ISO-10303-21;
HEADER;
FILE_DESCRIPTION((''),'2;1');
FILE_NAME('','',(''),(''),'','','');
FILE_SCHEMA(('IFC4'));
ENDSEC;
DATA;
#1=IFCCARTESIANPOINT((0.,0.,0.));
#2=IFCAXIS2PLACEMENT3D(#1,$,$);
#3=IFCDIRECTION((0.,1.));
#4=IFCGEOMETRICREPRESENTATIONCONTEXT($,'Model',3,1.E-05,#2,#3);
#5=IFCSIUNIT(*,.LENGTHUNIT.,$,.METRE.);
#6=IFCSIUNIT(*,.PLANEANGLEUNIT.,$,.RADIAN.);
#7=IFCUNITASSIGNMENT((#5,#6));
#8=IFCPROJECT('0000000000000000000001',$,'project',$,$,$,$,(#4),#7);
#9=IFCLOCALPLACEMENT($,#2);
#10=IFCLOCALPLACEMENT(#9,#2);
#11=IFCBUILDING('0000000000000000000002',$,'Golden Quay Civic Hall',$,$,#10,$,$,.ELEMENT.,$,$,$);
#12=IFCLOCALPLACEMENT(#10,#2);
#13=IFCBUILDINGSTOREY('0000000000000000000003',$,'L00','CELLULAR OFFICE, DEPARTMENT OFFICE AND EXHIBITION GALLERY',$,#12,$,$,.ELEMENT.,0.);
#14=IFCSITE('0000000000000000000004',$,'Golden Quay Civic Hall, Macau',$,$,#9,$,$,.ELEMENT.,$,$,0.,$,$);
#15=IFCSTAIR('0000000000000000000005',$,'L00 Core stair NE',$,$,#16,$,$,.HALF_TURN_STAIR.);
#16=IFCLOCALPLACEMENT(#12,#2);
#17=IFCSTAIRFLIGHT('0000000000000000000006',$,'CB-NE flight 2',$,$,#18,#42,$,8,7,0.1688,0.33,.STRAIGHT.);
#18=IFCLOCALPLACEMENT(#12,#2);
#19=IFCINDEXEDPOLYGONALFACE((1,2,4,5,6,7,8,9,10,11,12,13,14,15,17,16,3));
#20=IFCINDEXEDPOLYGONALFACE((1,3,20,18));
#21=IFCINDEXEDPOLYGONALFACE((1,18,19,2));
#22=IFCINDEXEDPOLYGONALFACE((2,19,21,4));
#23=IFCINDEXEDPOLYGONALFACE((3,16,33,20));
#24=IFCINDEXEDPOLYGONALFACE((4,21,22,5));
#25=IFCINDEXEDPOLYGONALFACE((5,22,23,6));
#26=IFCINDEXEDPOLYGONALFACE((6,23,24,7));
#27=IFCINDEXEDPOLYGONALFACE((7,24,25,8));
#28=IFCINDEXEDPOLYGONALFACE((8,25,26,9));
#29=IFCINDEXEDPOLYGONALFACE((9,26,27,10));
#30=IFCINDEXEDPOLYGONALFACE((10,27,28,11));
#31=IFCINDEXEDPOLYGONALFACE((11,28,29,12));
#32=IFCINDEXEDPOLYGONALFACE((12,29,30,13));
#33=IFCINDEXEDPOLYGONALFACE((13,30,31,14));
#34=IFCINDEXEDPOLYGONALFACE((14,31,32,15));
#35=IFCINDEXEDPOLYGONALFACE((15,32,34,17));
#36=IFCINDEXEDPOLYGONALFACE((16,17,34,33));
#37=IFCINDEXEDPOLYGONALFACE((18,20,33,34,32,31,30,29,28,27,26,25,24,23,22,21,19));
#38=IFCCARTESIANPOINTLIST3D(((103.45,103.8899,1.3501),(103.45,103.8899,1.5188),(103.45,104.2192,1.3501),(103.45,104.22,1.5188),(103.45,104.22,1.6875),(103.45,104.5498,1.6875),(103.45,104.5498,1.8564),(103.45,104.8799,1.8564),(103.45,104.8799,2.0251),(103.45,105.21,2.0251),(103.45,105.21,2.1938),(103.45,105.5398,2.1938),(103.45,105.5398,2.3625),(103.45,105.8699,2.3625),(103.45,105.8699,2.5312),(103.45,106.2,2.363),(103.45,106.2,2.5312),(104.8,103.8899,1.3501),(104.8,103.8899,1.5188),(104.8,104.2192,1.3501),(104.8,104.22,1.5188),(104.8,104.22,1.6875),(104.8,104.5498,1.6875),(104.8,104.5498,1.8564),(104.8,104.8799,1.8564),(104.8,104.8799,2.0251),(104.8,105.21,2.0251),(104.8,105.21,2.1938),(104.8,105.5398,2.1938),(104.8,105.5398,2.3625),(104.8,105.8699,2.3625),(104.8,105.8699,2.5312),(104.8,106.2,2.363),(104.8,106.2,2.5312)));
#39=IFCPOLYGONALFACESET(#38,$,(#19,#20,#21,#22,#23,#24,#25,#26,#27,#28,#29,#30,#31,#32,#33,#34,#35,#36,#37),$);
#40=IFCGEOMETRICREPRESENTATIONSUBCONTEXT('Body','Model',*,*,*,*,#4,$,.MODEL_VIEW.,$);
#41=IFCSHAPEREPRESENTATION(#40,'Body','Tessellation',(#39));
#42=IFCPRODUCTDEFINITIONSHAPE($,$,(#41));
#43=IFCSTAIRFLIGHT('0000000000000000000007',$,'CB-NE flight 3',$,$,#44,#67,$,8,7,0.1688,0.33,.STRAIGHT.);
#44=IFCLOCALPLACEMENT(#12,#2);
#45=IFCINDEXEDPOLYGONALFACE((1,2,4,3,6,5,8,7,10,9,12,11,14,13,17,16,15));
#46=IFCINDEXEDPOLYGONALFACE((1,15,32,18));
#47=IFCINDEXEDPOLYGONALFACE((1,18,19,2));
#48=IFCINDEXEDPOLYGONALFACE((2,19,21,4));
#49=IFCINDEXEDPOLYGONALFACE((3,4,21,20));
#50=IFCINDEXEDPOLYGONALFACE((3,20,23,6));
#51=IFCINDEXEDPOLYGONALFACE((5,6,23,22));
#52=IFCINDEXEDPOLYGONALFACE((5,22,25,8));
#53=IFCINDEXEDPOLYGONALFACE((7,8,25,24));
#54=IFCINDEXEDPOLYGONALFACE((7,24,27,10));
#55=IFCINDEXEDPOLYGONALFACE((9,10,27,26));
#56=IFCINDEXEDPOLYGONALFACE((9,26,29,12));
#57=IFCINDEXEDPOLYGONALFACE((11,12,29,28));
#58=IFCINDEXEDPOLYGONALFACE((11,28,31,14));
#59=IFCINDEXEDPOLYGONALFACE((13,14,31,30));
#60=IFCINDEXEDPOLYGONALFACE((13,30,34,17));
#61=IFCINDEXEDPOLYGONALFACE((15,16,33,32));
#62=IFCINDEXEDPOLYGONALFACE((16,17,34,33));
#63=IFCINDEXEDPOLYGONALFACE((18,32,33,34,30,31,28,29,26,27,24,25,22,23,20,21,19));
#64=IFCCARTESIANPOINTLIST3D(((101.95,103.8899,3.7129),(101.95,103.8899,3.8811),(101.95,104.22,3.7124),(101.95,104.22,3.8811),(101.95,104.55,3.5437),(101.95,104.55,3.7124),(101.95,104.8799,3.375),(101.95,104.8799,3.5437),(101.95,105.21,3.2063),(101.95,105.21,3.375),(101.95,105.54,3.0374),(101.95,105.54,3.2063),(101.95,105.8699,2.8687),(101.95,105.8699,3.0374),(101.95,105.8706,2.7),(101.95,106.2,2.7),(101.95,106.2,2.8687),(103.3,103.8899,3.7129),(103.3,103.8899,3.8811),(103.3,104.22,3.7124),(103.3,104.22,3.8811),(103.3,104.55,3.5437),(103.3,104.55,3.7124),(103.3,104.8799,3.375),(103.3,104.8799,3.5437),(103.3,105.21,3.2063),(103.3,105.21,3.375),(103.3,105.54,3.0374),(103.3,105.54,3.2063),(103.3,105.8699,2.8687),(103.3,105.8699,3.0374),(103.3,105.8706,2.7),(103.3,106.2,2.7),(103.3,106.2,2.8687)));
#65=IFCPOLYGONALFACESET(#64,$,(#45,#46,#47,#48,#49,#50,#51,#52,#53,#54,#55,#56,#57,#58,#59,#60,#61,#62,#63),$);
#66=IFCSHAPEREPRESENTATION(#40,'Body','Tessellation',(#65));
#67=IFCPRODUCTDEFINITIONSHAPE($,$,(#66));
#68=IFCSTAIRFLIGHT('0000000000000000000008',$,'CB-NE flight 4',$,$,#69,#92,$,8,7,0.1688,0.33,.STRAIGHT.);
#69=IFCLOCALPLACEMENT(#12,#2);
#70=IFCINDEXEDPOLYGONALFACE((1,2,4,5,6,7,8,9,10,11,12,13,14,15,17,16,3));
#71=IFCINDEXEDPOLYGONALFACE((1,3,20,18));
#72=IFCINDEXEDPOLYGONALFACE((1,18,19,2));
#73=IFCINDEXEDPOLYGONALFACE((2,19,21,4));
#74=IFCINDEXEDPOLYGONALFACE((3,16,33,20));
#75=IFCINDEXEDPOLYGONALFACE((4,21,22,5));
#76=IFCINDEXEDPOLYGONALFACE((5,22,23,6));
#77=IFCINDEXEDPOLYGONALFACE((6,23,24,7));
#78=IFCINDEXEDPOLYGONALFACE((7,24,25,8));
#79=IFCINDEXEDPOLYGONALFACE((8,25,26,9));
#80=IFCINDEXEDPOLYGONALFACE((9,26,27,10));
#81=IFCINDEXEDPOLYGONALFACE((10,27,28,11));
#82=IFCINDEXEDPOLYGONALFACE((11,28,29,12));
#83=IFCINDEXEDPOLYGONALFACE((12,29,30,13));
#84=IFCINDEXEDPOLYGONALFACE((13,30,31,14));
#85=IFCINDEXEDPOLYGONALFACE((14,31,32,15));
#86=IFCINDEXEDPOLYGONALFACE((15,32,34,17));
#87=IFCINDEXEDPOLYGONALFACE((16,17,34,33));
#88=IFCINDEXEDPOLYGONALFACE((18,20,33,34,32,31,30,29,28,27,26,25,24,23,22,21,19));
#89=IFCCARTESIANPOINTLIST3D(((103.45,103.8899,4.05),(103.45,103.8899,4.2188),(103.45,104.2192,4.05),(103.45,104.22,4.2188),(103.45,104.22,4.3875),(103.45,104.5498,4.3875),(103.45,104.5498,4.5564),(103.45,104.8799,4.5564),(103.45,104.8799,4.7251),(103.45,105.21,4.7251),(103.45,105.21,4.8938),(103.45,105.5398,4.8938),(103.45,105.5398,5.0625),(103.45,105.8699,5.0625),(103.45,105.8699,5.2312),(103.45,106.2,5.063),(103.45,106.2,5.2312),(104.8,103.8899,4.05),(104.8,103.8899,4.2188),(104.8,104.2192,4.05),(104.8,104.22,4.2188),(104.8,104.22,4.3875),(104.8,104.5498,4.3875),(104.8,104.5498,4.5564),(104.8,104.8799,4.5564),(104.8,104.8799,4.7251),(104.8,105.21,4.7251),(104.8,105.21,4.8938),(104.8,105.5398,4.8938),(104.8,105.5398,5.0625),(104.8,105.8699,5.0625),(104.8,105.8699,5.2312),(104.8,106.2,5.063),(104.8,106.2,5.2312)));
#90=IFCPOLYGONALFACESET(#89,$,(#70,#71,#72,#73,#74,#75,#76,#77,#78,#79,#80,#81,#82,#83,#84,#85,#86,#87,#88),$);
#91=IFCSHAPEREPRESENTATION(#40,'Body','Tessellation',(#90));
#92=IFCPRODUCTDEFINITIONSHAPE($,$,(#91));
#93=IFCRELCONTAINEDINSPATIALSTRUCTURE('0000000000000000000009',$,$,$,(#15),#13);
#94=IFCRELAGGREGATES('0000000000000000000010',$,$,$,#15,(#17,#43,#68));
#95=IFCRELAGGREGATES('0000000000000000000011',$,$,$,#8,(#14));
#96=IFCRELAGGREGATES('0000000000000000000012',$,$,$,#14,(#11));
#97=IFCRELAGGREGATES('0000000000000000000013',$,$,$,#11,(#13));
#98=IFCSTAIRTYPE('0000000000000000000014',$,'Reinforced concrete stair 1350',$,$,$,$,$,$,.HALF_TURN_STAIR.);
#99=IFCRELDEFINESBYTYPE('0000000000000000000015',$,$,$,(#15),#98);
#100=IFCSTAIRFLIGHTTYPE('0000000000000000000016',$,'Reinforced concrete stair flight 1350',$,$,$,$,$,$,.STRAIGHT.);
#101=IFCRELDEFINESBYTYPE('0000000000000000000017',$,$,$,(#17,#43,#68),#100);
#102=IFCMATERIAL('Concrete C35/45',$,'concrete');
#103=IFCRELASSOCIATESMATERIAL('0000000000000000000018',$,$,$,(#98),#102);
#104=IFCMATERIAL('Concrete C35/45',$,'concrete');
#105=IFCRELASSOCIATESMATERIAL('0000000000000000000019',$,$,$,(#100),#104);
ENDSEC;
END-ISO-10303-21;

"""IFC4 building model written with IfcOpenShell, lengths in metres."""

from ifc_helpers import new_model, si_unit, direction, frame, origin, place, context, subcontext, project, spatial, polyline, outline, extrude, material, type_object, element, aggregate, save


model = new_model("IFC4")

# Units and contexts
model_context = context("Model", 3, precision=1e-05, world=origin(), true_north=direction((0.0, 1.0)))
body_context = subcontext(model_context, "Body", "Model", "MODEL_VIEW")
ifc_project = project(units=[si_unit("LENGTHUNIT", "METRE"), si_unit("PLANEANGLEUNIT", "RADIAN")], contexts=[model_context])

# Site, building, storey
site_placement = place(None, origin())
site = spatial("IfcSite", under=ifc_project, at=site_placement, Name="Golden Quay Civic Hall, Macau", CompositionType="ELEMENT", RefElevation=0.0)
building_placement = place(site_placement, origin())
building = spatial("IfcBuilding", under=site, at=building_placement, Name="Golden Quay Civic Hall", CompositionType="ELEMENT")
storey_placement = place(building_placement, origin())
storey = spatial("IfcBuildingStorey", under=building, at=storey_placement, Name="L00", Description="CELLULAR OFFICE, DEPARTMENT OFFICE AND EXHIBITION GALLERY", CompositionType="ELEMENT", Elevation=0.0)

# Stair, stair flights
ifc_material_1 = material(Name="Concrete C35/45", Category="concrete")
stair_type = type_object("IfcStairType", Name="Reinforced concrete stair 1350", PredefinedType="HALF_TURN_STAIR", material=ifc_material_1)
stair_placement = place(storey_placement, origin())
stair = element("IfcStair", 1, at=stair_placement, inside=storey, type_object=stair_type, Name="L00 Core stair NE", PredefinedType="HALF_TURN_STAIR")
ifc_material_2 = material(Name="Concrete C35/45", Category="concrete")
stair_flight_type = type_object("IfcStairFlightType", Name="Reinforced concrete stair flight 1350", PredefinedType="STRAIGHT", material=ifc_material_2)
stair_flight_1_placement = place(storey_placement, frame((104.125, 103.8899, 1.3501), z_axis=(0.0, 0.0, 1.0), x_axis=(0.0, 1.0, 0.0)))
stair_flight_1 = element("IfcStairFlight", 2, at=stair_flight_1_placement, type_object=stair_flight_type, Name="CB-NE flight 2", NumberOfRisers=8, NumberOfTreads=7, PredefinedType="STRAIGHT", RiserHeight=0.1688, TreadLength=0.33, context=body_context, shape_type="SweptSolid", body=[
    extrude(outline(polyline([(0.0, 0.0), (0.0, 0.1687), (0.3301, 0.1687), (0.3301, 0.3374), (0.6599, 0.3374), (0.6599, 0.5063), (0.99, 0.5063), (0.99, 0.675), (1.3201, 0.675), (1.3201, 0.8438), (1.6499, 0.8438), (1.6499, 1.0125), (1.98, 1.0125), (1.98, 1.1812), (2.3101, 1.1812), (2.3101, 1.3501), (2.3101, 1.0129), (0.3293, 0.0), (0.0, 0.0)])), frame((0.0, 0.675, 0.0), z_axis=(0.0, -1.0, 0.0), x_axis=(1.0, 0.0, 0.0)), (0.0, 0.0, 1.0), 1.35),
])
stair_flight_2_placement = place(storey_placement, frame((102.625, 106.2, 2.7), z_axis=(0.0, 0.0, 1.0), x_axis=(0.0, -1.0, 0.0)))
stair_flight_2 = element("IfcStairFlight", 3, at=stair_flight_2_placement, type_object=stair_flight_type, Name="CB-NE flight 3", NumberOfRisers=8, NumberOfTreads=7, PredefinedType="STRAIGHT", RiserHeight=0.1688, TreadLength=0.33, context=body_context, shape_type="SweptSolid", body=[
    extrude(outline(polyline([(0.0, 0.0), (0.0, 0.1687), (0.3301, 0.1687), (0.3301, 0.3374), (0.6599, 0.3374), (0.6599, 0.5063), (0.99, 0.5063), (0.99, 0.675), (1.3201, 0.675), (1.3201, 0.8438), (1.6499, 0.8438), (1.6499, 1.0125), (1.98, 1.0125), (1.98, 1.1812), (2.3101, 1.1812), (2.3101, 1.3501), (2.3101, 1.0129), (0.3293, 0.0), (0.0, 0.0)])), frame((0.0, 0.675, 0.0), z_axis=(0.0, -1.0, 0.0), x_axis=(1.0, 0.0, 0.0)), (0.0, 0.0, 1.0), 1.35),
])
stair_flight_3_placement = place(storey_placement, frame((104.125, 103.8899, 4.05), z_axis=(0.0, 0.0, 1.0), x_axis=(0.0, 1.0, 0.0)))
stair_flight_3 = element("IfcStairFlight", 4, at=stair_flight_3_placement, type_object=stair_flight_type, Name="CB-NE flight 4", NumberOfRisers=8, NumberOfTreads=7, PredefinedType="STRAIGHT", RiserHeight=0.1688, TreadLength=0.33, context=body_context, shape_type="SweptSolid", body=[
    extrude(outline(polyline([(0.0, 0.0), (0.0, 0.1687), (0.3301, 0.1687), (0.3301, 0.3374), (0.6599, 0.3374), (0.6599, 0.5063), (0.99, 0.5063), (0.99, 0.675), (1.3201, 0.675), (1.3201, 0.8438), (1.6499, 0.8438), (1.6499, 1.0125), (1.98, 1.0125), (1.98, 1.1812), (2.3101, 1.1812), (2.3101, 1.3501), (2.3101, 1.0129), (0.3293, 0.0), (0.0, 0.0)])), frame((0.0, 0.675, 0.0), z_axis=(0.0, -1.0, 0.0), x_axis=(1.0, 0.0, 0.0)), (0.0, 0.0, 1.0), 1.35),
])
aggregate(stair, [stair_flight_1, stair_flight_2, stair_flight_3])

save(model, "model.ifc")
